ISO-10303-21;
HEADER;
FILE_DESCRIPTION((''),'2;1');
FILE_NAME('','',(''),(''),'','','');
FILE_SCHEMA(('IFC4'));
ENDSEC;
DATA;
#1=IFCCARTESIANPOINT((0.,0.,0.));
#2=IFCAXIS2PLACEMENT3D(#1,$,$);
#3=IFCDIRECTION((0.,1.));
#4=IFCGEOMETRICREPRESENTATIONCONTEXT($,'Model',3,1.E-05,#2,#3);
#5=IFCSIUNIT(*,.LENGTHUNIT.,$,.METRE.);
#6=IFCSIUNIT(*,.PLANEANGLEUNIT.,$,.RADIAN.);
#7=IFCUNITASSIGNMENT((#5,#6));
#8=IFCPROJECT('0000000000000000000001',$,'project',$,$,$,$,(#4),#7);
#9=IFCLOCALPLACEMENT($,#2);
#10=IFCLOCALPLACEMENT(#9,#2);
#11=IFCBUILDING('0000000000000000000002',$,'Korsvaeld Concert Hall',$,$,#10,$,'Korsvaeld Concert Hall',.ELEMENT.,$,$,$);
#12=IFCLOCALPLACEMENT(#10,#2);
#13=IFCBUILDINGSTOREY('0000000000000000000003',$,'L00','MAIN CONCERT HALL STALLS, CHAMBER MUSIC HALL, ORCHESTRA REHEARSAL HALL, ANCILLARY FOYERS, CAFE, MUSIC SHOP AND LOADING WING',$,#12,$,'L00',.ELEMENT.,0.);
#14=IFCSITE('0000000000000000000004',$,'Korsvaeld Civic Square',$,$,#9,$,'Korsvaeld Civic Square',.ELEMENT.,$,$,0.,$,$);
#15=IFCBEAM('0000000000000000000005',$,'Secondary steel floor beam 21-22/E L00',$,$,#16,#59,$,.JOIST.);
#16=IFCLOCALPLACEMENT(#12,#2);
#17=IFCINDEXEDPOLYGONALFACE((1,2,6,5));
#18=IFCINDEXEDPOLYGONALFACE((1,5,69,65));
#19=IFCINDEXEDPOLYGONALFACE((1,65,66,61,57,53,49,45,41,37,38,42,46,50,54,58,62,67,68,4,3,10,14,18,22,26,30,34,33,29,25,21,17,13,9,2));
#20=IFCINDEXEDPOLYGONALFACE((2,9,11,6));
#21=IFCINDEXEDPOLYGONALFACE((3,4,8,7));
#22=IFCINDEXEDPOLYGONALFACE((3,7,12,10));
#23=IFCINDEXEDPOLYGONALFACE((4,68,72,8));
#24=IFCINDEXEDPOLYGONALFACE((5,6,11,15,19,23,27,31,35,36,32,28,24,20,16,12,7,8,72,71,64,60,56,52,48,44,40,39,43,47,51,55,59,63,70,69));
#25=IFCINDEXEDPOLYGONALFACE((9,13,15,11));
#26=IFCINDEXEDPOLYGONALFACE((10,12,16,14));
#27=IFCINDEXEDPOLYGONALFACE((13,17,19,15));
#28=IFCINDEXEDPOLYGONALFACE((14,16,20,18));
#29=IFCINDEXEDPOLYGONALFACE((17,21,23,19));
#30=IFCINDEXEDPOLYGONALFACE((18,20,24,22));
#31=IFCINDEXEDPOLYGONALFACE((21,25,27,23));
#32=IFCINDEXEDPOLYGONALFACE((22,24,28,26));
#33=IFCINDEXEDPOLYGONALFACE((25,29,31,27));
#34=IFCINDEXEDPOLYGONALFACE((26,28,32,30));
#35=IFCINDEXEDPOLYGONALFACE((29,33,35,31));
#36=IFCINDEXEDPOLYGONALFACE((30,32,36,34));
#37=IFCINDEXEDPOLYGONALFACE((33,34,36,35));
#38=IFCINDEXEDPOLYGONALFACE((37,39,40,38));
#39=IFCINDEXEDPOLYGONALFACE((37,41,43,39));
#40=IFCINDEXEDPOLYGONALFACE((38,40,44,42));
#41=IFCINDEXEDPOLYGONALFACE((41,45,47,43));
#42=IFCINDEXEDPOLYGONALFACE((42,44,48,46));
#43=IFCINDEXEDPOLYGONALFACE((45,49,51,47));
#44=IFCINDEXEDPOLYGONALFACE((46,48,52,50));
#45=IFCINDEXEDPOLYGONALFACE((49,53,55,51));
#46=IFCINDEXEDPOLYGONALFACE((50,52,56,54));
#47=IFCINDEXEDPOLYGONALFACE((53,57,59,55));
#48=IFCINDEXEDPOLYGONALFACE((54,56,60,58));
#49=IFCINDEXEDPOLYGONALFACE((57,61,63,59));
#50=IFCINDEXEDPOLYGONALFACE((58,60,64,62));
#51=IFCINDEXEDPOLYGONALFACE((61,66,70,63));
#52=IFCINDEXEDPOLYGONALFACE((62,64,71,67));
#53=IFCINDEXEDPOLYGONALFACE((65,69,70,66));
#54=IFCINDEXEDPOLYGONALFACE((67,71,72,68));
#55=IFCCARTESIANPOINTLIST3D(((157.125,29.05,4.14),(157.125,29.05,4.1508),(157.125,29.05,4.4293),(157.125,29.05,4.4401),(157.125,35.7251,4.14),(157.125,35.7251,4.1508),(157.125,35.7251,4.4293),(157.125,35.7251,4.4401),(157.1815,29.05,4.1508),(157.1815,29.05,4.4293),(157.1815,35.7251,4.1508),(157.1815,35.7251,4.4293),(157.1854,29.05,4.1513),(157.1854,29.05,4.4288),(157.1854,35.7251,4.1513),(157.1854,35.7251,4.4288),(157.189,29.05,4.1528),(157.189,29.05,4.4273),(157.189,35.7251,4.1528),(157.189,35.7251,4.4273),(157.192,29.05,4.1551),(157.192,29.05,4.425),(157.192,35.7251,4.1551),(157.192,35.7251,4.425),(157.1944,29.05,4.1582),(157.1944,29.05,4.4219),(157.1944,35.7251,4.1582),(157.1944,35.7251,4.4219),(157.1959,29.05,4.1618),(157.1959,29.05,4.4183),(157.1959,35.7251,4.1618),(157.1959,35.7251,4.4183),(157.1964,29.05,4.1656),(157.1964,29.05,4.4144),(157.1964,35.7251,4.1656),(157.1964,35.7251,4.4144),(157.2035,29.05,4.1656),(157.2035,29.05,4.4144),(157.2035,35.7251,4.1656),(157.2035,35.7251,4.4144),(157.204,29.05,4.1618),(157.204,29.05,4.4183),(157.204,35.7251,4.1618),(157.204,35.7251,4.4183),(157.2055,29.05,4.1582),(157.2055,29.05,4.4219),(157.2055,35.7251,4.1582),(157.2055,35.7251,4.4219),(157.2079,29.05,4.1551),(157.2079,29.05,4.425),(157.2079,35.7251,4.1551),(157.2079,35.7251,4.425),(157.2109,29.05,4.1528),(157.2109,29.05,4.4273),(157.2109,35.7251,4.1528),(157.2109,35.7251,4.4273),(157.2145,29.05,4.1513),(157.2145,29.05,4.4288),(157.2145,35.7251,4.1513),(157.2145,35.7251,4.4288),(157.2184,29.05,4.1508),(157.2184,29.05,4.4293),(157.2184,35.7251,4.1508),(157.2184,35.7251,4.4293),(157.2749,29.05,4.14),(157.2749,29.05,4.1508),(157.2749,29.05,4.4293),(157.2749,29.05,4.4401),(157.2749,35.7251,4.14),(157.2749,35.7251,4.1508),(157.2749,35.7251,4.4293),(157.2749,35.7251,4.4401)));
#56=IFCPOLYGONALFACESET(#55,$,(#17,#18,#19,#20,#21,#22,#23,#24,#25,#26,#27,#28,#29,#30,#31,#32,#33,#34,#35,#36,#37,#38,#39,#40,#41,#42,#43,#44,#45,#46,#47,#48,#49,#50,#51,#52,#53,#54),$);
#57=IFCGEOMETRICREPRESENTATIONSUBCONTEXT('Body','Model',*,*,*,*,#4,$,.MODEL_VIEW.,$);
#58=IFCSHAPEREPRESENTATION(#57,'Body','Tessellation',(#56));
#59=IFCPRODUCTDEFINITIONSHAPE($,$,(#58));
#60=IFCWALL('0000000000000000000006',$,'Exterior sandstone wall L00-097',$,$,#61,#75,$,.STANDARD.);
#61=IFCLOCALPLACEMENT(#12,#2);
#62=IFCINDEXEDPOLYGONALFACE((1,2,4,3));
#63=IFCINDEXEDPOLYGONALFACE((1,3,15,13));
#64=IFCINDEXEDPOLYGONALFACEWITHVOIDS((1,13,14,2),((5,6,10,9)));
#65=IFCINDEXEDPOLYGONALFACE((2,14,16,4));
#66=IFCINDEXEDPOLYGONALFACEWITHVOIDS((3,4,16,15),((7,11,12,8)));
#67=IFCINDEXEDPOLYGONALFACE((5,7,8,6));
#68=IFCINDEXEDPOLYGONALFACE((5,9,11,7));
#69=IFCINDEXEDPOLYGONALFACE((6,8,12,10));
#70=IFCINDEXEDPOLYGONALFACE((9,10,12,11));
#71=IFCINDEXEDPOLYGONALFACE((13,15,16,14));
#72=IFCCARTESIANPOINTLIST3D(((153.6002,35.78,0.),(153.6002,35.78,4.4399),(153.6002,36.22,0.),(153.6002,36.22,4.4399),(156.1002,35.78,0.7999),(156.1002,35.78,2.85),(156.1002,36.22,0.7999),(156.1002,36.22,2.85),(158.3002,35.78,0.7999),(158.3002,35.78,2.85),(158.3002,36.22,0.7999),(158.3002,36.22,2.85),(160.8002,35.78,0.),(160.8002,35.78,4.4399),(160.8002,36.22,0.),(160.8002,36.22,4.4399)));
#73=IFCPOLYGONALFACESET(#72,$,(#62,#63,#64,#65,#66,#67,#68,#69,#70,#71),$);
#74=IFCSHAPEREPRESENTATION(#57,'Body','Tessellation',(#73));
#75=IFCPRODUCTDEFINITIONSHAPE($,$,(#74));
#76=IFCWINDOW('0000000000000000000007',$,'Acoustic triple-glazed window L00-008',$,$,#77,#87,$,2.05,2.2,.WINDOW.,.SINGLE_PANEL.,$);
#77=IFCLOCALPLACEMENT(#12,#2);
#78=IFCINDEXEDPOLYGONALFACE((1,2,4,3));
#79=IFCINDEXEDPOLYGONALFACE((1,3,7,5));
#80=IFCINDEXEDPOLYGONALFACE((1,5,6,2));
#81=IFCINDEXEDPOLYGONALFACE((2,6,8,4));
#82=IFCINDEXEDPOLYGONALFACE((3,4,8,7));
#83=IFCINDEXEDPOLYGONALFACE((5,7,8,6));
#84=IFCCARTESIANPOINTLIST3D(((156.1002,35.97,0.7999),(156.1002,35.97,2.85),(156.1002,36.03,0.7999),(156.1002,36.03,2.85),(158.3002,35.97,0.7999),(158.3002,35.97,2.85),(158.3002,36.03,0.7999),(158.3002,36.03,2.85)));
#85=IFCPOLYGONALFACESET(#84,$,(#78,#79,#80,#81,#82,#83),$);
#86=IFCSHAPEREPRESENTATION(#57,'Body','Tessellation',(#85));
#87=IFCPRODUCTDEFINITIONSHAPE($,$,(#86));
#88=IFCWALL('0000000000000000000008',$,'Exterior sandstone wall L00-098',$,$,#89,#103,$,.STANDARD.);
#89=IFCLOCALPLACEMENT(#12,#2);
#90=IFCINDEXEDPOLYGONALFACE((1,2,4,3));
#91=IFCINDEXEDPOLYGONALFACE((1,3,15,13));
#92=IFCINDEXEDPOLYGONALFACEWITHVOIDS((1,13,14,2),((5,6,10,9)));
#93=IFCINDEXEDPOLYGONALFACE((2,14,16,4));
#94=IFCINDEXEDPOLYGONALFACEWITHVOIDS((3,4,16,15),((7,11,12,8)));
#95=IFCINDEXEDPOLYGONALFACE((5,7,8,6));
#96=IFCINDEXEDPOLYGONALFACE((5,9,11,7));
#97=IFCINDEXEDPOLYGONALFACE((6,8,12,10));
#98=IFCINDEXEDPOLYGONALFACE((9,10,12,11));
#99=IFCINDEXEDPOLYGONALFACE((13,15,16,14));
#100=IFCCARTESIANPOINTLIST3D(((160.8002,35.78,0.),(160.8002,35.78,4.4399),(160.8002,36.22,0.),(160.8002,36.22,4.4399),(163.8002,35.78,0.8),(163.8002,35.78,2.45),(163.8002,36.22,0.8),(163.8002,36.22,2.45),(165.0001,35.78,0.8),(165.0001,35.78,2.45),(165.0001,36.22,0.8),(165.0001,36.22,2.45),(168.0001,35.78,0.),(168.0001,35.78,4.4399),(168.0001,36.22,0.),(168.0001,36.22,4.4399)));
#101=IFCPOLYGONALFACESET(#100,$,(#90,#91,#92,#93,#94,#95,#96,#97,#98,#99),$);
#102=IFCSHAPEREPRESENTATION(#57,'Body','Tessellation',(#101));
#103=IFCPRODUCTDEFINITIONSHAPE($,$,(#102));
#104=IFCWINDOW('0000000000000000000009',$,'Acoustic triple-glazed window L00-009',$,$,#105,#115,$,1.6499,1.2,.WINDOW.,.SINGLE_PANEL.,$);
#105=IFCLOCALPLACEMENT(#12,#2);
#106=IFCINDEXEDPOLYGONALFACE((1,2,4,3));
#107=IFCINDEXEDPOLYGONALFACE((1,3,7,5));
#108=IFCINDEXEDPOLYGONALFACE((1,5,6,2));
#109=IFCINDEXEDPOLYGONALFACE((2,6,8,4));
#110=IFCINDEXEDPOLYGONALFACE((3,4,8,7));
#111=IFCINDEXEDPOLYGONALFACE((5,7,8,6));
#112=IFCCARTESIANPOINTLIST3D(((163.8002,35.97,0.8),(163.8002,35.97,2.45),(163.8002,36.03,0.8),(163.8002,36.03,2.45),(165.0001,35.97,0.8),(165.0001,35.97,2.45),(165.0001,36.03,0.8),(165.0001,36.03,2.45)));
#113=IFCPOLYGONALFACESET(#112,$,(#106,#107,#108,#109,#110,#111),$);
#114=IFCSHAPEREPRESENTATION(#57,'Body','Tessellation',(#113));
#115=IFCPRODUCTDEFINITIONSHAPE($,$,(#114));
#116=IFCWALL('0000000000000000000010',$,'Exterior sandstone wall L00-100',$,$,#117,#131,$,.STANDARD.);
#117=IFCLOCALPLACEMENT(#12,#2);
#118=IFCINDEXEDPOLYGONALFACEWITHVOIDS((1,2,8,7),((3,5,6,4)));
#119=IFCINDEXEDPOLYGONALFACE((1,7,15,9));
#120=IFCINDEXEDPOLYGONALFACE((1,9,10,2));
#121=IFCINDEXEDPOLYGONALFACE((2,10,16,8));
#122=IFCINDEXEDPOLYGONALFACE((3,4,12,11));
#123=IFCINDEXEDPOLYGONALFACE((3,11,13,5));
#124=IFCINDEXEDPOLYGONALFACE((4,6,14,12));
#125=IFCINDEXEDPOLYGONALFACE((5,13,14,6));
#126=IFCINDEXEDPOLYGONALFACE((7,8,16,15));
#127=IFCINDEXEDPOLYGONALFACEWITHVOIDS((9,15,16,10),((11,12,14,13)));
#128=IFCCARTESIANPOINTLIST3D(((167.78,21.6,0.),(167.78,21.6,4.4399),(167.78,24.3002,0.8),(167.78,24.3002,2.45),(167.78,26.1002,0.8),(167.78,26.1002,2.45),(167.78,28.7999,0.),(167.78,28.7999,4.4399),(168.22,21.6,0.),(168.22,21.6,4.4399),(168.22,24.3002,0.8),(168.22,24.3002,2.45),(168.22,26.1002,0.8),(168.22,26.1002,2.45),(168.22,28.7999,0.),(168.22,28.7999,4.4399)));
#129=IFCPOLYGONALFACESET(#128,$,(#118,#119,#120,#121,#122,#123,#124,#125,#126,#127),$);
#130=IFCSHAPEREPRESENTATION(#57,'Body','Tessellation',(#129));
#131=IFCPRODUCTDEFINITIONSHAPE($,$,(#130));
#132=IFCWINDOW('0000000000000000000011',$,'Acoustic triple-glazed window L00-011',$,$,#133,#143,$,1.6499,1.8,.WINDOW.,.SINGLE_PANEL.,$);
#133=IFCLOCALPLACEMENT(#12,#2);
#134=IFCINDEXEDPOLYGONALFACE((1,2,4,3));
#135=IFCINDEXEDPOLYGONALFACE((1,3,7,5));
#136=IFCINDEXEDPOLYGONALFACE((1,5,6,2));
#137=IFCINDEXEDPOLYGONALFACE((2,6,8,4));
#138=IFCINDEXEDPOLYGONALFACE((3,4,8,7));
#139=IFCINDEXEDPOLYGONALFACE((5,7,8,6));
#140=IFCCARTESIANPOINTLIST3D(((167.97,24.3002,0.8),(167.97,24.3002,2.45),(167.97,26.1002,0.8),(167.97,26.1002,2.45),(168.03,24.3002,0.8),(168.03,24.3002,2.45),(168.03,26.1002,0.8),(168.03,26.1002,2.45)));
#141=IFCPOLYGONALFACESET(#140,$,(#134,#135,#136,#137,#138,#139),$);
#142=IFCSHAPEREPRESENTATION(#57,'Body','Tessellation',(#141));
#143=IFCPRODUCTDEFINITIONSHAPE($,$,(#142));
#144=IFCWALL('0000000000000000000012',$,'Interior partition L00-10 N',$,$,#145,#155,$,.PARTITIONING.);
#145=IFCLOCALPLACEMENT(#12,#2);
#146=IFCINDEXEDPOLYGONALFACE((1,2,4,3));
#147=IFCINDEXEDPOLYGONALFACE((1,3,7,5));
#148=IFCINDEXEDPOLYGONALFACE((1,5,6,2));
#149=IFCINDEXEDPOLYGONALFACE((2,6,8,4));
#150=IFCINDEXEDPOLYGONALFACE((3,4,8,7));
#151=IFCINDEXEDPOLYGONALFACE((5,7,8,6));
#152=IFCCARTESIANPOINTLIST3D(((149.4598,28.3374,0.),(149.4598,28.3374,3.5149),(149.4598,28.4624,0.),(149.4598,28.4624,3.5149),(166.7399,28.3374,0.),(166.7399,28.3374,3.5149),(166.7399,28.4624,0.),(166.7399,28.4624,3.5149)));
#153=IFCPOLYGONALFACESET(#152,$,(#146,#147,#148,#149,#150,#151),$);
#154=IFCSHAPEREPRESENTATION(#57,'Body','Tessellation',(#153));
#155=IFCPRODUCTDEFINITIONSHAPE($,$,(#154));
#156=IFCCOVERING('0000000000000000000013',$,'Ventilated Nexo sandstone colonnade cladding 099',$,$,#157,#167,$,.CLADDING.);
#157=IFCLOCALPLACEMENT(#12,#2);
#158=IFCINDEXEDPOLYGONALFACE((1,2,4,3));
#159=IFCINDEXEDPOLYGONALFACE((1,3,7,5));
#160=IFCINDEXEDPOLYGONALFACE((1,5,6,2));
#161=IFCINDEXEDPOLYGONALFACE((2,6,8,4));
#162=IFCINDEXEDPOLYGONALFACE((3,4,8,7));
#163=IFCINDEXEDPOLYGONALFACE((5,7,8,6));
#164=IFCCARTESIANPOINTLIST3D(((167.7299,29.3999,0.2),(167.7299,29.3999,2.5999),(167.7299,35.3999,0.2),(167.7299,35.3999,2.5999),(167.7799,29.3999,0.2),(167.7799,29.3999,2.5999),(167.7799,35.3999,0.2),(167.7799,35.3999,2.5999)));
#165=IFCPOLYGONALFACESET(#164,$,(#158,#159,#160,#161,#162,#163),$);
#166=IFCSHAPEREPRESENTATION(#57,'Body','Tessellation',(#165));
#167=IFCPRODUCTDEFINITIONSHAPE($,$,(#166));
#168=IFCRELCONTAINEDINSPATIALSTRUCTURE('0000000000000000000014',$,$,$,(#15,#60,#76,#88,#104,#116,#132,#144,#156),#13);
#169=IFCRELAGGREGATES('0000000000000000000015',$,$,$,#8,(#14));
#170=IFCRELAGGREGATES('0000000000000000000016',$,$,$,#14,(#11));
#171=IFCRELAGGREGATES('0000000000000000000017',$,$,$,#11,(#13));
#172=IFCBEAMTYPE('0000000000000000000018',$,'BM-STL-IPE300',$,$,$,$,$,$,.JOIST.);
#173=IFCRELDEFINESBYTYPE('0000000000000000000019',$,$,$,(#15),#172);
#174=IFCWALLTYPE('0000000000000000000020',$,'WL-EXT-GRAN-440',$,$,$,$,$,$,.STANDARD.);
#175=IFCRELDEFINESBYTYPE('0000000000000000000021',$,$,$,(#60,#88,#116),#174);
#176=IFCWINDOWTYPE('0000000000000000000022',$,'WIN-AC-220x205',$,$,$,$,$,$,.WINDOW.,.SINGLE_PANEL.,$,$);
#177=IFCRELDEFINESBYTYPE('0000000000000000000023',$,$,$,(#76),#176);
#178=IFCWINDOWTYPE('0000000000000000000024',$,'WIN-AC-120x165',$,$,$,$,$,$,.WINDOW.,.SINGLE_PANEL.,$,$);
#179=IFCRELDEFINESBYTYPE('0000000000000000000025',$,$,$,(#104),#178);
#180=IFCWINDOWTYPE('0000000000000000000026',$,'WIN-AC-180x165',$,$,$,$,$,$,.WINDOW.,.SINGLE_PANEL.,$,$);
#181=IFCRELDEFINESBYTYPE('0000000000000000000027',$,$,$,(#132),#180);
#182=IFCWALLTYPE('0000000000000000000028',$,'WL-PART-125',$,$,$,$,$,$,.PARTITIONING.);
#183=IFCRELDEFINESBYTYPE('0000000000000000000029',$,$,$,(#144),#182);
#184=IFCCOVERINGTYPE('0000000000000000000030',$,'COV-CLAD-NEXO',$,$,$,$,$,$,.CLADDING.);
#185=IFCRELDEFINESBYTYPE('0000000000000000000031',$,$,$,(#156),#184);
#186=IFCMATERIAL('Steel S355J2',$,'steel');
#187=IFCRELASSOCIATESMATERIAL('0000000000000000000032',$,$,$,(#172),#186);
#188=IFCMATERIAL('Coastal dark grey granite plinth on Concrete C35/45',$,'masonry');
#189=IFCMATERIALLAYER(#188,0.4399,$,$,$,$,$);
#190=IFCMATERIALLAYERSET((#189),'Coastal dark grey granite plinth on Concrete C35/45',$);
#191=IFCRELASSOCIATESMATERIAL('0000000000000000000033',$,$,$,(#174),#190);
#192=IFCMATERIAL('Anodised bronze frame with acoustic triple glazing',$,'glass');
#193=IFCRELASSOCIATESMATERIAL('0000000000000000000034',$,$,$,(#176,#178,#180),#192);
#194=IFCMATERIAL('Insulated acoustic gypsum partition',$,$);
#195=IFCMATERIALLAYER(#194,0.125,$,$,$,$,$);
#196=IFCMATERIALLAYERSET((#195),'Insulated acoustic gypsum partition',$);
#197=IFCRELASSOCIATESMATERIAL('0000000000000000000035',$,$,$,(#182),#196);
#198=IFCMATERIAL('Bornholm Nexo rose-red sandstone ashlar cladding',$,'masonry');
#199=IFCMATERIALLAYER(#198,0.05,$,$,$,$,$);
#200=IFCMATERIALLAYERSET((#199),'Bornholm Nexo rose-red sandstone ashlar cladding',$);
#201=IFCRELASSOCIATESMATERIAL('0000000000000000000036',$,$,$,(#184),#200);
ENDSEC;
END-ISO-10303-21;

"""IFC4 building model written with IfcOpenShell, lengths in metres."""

from ifc_helpers import new_model, si_unit, direction, frame, frame_2d, origin, origin_2d, place, context, subcontext, project, spatial, rectangle, i_section, extrude, material, layer, layer_set, material_profile, profile_set, type_object, element, fill, save


model = new_model("IFC4")

# Units and contexts
model_context = context("Model", 3, precision=1e-05, world=origin(), true_north=direction((0.0, 1.0)))
body_context = subcontext(model_context, "Body", "Model", "MODEL_VIEW")
ifc_project = project(units=[si_unit("LENGTHUNIT", "METRE"), si_unit("PLANEANGLEUNIT", "RADIAN")], contexts=[model_context])

# Site, building, storey
site_placement = place(None, origin())
site = spatial("IfcSite", under=ifc_project, at=site_placement, Name="Korsvaeld Civic Square", LongName="Korsvaeld Civic Square", CompositionType="ELEMENT", RefElevation=0.0)
building_placement = place(site_placement, origin())
building = spatial("IfcBuilding", under=site, at=building_placement, Name="Korsvaeld Concert Hall", LongName="Korsvaeld Concert Hall", CompositionType="ELEMENT")
storey_placement = place(building_placement, origin())
storey = spatial("IfcBuildingStorey", under=building, at=storey_placement, Name="L00", Description="MAIN CONCERT HALL STALLS, CHAMBER MUSIC HALL, ORCHESTRA REHEARSAL HALL, ANCILLARY FOYERS, CAFE, MUSIC SHOP AND LOADING WING", LongName="L00", CompositionType="ELEMENT", Elevation=0.0)

# Beam
ifc_material_1 = material(Name="Steel S355J2", Category="steel")
ifc_material_profile_1 = material_profile(ifc_material_1, i_section(OverallWidth=0.1499, OverallDepth=0.3, WebThickness=0.0071, FlangeThickness=0.0107, FilletRadius=0.0149, at=origin_2d()), Name="IPE 300")
ifc_profile_set_1 = profile_set([ifc_material_profile_1], Name="Steel S355J2")
beam_type_1 = type_object("IfcBeamType", Name="BM-STL-IPE300", PredefinedType="JOIST", material=ifc_profile_set_1)
beam_1_placement = place(storey_placement, frame((157.2, 29.05, 4.29), z_axis=(0.0, 1.0, 0.0), x_axis=(-1.0, 0.0, 0.0)))
element("IfcBeam", 1, at=beam_1_placement, inside=storey, type_object=beam_type_1, Name="Secondary steel floor beam 21-22/E L00", PredefinedType="JOIST", context=body_context, shape_type="SweptSolid", body=[
    extrude(i_section(OverallWidth=0.1499, OverallDepth=0.3, WebThickness=0.0071, FlangeThickness=0.0107, FilletRadius=0.0149, at=origin_2d()), origin(), (0.0, 0.0, 1.0), 6.675),
])

# Walls, openings, windows
ifc_material_2 = material(Name="Coastal dark grey granite plinth on Concrete C35/45", Category="masonry")
ifc_layer_1 = layer(ifc_material_2, 0.4399)
ifc_layer_set_1 = layer_set([ifc_layer_1], Name="Coastal dark grey granite plinth on Concrete C35/45")
wall_type_1 = type_object("IfcWallType", Name="WL-EXT-GRAN-440", PredefinedType="STANDARD", material=ifc_layer_set_1)
wall_1_placement = place(storey_placement, frame((153.6001, 36.0, 0.0), z_axis=(0.0, 0.0, 1.0), x_axis=(1.0, 0.0, 0.0)))
wall_1 = element("IfcWall", 2, at=wall_1_placement, inside=storey, type_object=wall_type_1, Name="Exterior sandstone wall L00-097", PredefinedType="STANDARD", context=body_context, shape_type="SweptSolid", body=[
    extrude(rectangle(XDim=7.2, YDim=0.4399, at=frame_2d((3.6001, 0.0))), origin(), (0.0, 0.0, 1.0), 4.4399),
])
opening_1_placement = place(wall_1_placement, frame((2.5, 0.0, 0.8)))
opening_1 = element("IfcOpeningElement", 3, at=opening_1_placement, cuts=wall_1, PredefinedType="OPENING", context=body_context, shape_type="SweptSolid", body=[
    extrude(rectangle(XDim=2.2, YDim=2.05, at=frame_2d((1.1001, 1.0249))), frame((0.0, 0.23, 0.0), z_axis=(0.0, -1.0, 0.0), x_axis=(1.0, 0.0, 0.0)), (0.0, 0.0, 1.0), 0.46),
])
ifc_material_3 = material(Name="Anodised bronze frame with acoustic triple glazing", Category="glass")
window_type_1 = type_object("IfcWindowType", Name="WIN-AC-220x205", PartitioningType="SINGLE_PANEL", PredefinedType="WINDOW", material=ifc_material_3)
window_1_placement = place(opening_1_placement, origin())
window_1 = element("IfcWindow", 4, at=window_1_placement, inside=storey, type_object=window_type_1, Name="Acoustic triple-glazed window L00-008", OverallHeight=2.05, OverallWidth=2.2, PartitioningType="SINGLE_PANEL", PredefinedType="WINDOW", context=body_context, shape_type="SweptSolid", body=[
    extrude(rectangle(XDim=2.2, YDim=2.05, at=frame_2d((1.1001, 1.0249))), frame((0.0, 0.03, 0.0), z_axis=(0.0, -1.0, 0.0), x_axis=(1.0, 0.0, 0.0)), (0.0, 0.0, 1.0), 0.0601),
])
fill(opening_1, window_1)
wall_2_placement = place(storey_placement, frame((160.8, 36.0, 0.0), z_axis=(0.0, 0.0, 1.0), x_axis=(1.0, 0.0, 0.0)))
wall_2 = element("IfcWall", 5, at=wall_2_placement, inside=storey, type_object=wall_type_1, Name="Exterior sandstone wall L00-098", PredefinedType="STANDARD", context=body_context, shape_type="SweptSolid", body=[
    extrude(rectangle(XDim=7.2, YDim=0.4399, at=frame_2d((3.6001, 0.0))), origin(), (0.0, 0.0, 1.0), 4.4399),
])
opening_2_placement = place(wall_2_placement, frame((3.0, 0.0, 0.8)))
opening_2 = element("IfcOpeningElement", 6, at=opening_2_placement, cuts=wall_2, PredefinedType="OPENING", context=body_context, shape_type="SweptSolid", body=[
    extrude(rectangle(XDim=1.2, YDim=1.6499, at=frame_2d((0.6001, 0.825))), frame((0.0, 0.23, 0.0), z_axis=(0.0, -1.0, 0.0), x_axis=(1.0, 0.0, 0.0)), (0.0, 0.0, 1.0), 0.46),
])
window_type_2 = type_object("IfcWindowType", Name="WIN-AC-120x165", PartitioningType="SINGLE_PANEL", PredefinedType="WINDOW", material=ifc_material_3)
window_2_placement = place(opening_2_placement, origin())
window_2 = element("IfcWindow", 7, at=window_2_placement, inside=storey, type_object=window_type_2, Name="Acoustic triple-glazed window L00-009", OverallHeight=1.6499, OverallWidth=1.2, PartitioningType="SINGLE_PANEL", PredefinedType="WINDOW", context=body_context, shape_type="SweptSolid", body=[
    extrude(rectangle(XDim=1.2, YDim=1.6499, at=frame_2d((0.6001, 0.825))), frame((0.0, 0.03, 0.0), z_axis=(0.0, -1.0, 0.0), x_axis=(1.0, 0.0, 0.0)), (0.0, 0.0, 1.0), 0.0601),
])
fill(opening_2, window_2)
wall_3_placement = place(storey_placement, frame((168.0, 28.8, 0.0), z_axis=(0.0, 0.0, 1.0), x_axis=(0.0, -1.0, 0.0)))
wall_3 = element("IfcWall", 8, at=wall_3_placement, inside=storey, type_object=wall_type_1, Name="Exterior sandstone wall L00-100", PredefinedType="STANDARD", context=body_context, shape_type="SweptSolid", body=[
    extrude(rectangle(XDim=7.2, YDim=0.4399, at=frame_2d((3.6001, 0.0))), origin(), (0.0, 0.0, 1.0), 4.4399),
])
opening_3_placement = place(wall_3_placement, frame((2.7, 0.0, 0.8)))
opening_3 = element("IfcOpeningElement", 9, at=opening_3_placement, cuts=wall_3, PredefinedType="OPENING", context=body_context, shape_type="SweptSolid", body=[
    extrude(rectangle(XDim=1.8, YDim=1.6499, at=frame_2d((0.8999, 0.825))), frame((0.0, 0.23, 0.0), z_axis=(0.0, -1.0, 0.0), x_axis=(1.0, 0.0, 0.0)), (0.0, 0.0, 1.0), 0.46),
])
window_type_3 = type_object("IfcWindowType", Name="WIN-AC-180x165", PartitioningType="SINGLE_PANEL", PredefinedType="WINDOW", material=ifc_material_3)
window_3_placement = place(opening_3_placement, origin())
window_3 = element("IfcWindow", 10, at=window_3_placement, inside=storey, type_object=window_type_3, Name="Acoustic triple-glazed window L00-011", OverallHeight=1.6499, OverallWidth=1.8, PartitioningType="SINGLE_PANEL", PredefinedType="WINDOW", context=body_context, shape_type="SweptSolid", body=[
    extrude(rectangle(XDim=1.8, YDim=1.6499, at=frame_2d((0.8999, 0.825))), frame((0.0, 0.03, 0.0), z_axis=(0.0, -1.0, 0.0), x_axis=(1.0, 0.0, 0.0)), (0.0, 0.0, 1.0), 0.0601),
])
fill(opening_3, window_3)

# Wall
ifc_material_4 = material(Name="Insulated acoustic gypsum partition")
ifc_layer_2 = layer(ifc_material_4, 0.125)
ifc_layer_set_2 = layer_set([ifc_layer_2], Name="Insulated acoustic gypsum partition")
wall_type_2 = type_object("IfcWallType", Name="WL-PART-125", PredefinedType="PARTITIONING", material=ifc_layer_set_2)
wall_4_placement = place(storey_placement, frame((166.74, 28.3999, 0.0), z_axis=(0.0, 0.0, 1.0), x_axis=(-1.0, 0.0, 0.0)))
element("IfcWall", 11, at=wall_4_placement, inside=storey, type_object=wall_type_2, Name="Interior partition L00-10 N", PredefinedType="PARTITIONING", context=body_context, shape_type="SweptSolid", body=[
    extrude(rectangle(XDim=17.28, YDim=0.125, at=frame_2d((8.6401, 0.0))), origin(), (0.0, 0.0, 1.0), 3.5149),
])

# Covering
ifc_material_5 = material(Name="Bornholm Nexo rose-red sandstone ashlar cladding", Category="masonry")
ifc_layer_3 = layer(ifc_material_5, 0.05)
ifc_layer_set_3 = layer_set([ifc_layer_3], Name="Bornholm Nexo rose-red sandstone ashlar cladding")
covering_type = type_object("IfcCoveringType", Name="COV-CLAD-NEXO", PredefinedType="CLADDING", material=ifc_layer_set_3)
covering_placement = place(storey_placement, frame((167.7549, 32.3999, 0.2), z_axis=(0.0, 0.0, 1.0), x_axis=(0.0, -1.0, 0.0)))
element("IfcCovering", 12, at=covering_placement, inside=storey, type_object=covering_type, Name="Ventilated Nexo sandstone colonnade cladding 099", PredefinedType="CLADDING", context=body_context, shape_type="SweptSolid", body=[
    extrude(rectangle(XDim=6.0, YDim=0.05, at=origin_2d()), origin(), (0.0, 0.0, 1.0), 2.3999),
])

save(model, "model.ifc")
